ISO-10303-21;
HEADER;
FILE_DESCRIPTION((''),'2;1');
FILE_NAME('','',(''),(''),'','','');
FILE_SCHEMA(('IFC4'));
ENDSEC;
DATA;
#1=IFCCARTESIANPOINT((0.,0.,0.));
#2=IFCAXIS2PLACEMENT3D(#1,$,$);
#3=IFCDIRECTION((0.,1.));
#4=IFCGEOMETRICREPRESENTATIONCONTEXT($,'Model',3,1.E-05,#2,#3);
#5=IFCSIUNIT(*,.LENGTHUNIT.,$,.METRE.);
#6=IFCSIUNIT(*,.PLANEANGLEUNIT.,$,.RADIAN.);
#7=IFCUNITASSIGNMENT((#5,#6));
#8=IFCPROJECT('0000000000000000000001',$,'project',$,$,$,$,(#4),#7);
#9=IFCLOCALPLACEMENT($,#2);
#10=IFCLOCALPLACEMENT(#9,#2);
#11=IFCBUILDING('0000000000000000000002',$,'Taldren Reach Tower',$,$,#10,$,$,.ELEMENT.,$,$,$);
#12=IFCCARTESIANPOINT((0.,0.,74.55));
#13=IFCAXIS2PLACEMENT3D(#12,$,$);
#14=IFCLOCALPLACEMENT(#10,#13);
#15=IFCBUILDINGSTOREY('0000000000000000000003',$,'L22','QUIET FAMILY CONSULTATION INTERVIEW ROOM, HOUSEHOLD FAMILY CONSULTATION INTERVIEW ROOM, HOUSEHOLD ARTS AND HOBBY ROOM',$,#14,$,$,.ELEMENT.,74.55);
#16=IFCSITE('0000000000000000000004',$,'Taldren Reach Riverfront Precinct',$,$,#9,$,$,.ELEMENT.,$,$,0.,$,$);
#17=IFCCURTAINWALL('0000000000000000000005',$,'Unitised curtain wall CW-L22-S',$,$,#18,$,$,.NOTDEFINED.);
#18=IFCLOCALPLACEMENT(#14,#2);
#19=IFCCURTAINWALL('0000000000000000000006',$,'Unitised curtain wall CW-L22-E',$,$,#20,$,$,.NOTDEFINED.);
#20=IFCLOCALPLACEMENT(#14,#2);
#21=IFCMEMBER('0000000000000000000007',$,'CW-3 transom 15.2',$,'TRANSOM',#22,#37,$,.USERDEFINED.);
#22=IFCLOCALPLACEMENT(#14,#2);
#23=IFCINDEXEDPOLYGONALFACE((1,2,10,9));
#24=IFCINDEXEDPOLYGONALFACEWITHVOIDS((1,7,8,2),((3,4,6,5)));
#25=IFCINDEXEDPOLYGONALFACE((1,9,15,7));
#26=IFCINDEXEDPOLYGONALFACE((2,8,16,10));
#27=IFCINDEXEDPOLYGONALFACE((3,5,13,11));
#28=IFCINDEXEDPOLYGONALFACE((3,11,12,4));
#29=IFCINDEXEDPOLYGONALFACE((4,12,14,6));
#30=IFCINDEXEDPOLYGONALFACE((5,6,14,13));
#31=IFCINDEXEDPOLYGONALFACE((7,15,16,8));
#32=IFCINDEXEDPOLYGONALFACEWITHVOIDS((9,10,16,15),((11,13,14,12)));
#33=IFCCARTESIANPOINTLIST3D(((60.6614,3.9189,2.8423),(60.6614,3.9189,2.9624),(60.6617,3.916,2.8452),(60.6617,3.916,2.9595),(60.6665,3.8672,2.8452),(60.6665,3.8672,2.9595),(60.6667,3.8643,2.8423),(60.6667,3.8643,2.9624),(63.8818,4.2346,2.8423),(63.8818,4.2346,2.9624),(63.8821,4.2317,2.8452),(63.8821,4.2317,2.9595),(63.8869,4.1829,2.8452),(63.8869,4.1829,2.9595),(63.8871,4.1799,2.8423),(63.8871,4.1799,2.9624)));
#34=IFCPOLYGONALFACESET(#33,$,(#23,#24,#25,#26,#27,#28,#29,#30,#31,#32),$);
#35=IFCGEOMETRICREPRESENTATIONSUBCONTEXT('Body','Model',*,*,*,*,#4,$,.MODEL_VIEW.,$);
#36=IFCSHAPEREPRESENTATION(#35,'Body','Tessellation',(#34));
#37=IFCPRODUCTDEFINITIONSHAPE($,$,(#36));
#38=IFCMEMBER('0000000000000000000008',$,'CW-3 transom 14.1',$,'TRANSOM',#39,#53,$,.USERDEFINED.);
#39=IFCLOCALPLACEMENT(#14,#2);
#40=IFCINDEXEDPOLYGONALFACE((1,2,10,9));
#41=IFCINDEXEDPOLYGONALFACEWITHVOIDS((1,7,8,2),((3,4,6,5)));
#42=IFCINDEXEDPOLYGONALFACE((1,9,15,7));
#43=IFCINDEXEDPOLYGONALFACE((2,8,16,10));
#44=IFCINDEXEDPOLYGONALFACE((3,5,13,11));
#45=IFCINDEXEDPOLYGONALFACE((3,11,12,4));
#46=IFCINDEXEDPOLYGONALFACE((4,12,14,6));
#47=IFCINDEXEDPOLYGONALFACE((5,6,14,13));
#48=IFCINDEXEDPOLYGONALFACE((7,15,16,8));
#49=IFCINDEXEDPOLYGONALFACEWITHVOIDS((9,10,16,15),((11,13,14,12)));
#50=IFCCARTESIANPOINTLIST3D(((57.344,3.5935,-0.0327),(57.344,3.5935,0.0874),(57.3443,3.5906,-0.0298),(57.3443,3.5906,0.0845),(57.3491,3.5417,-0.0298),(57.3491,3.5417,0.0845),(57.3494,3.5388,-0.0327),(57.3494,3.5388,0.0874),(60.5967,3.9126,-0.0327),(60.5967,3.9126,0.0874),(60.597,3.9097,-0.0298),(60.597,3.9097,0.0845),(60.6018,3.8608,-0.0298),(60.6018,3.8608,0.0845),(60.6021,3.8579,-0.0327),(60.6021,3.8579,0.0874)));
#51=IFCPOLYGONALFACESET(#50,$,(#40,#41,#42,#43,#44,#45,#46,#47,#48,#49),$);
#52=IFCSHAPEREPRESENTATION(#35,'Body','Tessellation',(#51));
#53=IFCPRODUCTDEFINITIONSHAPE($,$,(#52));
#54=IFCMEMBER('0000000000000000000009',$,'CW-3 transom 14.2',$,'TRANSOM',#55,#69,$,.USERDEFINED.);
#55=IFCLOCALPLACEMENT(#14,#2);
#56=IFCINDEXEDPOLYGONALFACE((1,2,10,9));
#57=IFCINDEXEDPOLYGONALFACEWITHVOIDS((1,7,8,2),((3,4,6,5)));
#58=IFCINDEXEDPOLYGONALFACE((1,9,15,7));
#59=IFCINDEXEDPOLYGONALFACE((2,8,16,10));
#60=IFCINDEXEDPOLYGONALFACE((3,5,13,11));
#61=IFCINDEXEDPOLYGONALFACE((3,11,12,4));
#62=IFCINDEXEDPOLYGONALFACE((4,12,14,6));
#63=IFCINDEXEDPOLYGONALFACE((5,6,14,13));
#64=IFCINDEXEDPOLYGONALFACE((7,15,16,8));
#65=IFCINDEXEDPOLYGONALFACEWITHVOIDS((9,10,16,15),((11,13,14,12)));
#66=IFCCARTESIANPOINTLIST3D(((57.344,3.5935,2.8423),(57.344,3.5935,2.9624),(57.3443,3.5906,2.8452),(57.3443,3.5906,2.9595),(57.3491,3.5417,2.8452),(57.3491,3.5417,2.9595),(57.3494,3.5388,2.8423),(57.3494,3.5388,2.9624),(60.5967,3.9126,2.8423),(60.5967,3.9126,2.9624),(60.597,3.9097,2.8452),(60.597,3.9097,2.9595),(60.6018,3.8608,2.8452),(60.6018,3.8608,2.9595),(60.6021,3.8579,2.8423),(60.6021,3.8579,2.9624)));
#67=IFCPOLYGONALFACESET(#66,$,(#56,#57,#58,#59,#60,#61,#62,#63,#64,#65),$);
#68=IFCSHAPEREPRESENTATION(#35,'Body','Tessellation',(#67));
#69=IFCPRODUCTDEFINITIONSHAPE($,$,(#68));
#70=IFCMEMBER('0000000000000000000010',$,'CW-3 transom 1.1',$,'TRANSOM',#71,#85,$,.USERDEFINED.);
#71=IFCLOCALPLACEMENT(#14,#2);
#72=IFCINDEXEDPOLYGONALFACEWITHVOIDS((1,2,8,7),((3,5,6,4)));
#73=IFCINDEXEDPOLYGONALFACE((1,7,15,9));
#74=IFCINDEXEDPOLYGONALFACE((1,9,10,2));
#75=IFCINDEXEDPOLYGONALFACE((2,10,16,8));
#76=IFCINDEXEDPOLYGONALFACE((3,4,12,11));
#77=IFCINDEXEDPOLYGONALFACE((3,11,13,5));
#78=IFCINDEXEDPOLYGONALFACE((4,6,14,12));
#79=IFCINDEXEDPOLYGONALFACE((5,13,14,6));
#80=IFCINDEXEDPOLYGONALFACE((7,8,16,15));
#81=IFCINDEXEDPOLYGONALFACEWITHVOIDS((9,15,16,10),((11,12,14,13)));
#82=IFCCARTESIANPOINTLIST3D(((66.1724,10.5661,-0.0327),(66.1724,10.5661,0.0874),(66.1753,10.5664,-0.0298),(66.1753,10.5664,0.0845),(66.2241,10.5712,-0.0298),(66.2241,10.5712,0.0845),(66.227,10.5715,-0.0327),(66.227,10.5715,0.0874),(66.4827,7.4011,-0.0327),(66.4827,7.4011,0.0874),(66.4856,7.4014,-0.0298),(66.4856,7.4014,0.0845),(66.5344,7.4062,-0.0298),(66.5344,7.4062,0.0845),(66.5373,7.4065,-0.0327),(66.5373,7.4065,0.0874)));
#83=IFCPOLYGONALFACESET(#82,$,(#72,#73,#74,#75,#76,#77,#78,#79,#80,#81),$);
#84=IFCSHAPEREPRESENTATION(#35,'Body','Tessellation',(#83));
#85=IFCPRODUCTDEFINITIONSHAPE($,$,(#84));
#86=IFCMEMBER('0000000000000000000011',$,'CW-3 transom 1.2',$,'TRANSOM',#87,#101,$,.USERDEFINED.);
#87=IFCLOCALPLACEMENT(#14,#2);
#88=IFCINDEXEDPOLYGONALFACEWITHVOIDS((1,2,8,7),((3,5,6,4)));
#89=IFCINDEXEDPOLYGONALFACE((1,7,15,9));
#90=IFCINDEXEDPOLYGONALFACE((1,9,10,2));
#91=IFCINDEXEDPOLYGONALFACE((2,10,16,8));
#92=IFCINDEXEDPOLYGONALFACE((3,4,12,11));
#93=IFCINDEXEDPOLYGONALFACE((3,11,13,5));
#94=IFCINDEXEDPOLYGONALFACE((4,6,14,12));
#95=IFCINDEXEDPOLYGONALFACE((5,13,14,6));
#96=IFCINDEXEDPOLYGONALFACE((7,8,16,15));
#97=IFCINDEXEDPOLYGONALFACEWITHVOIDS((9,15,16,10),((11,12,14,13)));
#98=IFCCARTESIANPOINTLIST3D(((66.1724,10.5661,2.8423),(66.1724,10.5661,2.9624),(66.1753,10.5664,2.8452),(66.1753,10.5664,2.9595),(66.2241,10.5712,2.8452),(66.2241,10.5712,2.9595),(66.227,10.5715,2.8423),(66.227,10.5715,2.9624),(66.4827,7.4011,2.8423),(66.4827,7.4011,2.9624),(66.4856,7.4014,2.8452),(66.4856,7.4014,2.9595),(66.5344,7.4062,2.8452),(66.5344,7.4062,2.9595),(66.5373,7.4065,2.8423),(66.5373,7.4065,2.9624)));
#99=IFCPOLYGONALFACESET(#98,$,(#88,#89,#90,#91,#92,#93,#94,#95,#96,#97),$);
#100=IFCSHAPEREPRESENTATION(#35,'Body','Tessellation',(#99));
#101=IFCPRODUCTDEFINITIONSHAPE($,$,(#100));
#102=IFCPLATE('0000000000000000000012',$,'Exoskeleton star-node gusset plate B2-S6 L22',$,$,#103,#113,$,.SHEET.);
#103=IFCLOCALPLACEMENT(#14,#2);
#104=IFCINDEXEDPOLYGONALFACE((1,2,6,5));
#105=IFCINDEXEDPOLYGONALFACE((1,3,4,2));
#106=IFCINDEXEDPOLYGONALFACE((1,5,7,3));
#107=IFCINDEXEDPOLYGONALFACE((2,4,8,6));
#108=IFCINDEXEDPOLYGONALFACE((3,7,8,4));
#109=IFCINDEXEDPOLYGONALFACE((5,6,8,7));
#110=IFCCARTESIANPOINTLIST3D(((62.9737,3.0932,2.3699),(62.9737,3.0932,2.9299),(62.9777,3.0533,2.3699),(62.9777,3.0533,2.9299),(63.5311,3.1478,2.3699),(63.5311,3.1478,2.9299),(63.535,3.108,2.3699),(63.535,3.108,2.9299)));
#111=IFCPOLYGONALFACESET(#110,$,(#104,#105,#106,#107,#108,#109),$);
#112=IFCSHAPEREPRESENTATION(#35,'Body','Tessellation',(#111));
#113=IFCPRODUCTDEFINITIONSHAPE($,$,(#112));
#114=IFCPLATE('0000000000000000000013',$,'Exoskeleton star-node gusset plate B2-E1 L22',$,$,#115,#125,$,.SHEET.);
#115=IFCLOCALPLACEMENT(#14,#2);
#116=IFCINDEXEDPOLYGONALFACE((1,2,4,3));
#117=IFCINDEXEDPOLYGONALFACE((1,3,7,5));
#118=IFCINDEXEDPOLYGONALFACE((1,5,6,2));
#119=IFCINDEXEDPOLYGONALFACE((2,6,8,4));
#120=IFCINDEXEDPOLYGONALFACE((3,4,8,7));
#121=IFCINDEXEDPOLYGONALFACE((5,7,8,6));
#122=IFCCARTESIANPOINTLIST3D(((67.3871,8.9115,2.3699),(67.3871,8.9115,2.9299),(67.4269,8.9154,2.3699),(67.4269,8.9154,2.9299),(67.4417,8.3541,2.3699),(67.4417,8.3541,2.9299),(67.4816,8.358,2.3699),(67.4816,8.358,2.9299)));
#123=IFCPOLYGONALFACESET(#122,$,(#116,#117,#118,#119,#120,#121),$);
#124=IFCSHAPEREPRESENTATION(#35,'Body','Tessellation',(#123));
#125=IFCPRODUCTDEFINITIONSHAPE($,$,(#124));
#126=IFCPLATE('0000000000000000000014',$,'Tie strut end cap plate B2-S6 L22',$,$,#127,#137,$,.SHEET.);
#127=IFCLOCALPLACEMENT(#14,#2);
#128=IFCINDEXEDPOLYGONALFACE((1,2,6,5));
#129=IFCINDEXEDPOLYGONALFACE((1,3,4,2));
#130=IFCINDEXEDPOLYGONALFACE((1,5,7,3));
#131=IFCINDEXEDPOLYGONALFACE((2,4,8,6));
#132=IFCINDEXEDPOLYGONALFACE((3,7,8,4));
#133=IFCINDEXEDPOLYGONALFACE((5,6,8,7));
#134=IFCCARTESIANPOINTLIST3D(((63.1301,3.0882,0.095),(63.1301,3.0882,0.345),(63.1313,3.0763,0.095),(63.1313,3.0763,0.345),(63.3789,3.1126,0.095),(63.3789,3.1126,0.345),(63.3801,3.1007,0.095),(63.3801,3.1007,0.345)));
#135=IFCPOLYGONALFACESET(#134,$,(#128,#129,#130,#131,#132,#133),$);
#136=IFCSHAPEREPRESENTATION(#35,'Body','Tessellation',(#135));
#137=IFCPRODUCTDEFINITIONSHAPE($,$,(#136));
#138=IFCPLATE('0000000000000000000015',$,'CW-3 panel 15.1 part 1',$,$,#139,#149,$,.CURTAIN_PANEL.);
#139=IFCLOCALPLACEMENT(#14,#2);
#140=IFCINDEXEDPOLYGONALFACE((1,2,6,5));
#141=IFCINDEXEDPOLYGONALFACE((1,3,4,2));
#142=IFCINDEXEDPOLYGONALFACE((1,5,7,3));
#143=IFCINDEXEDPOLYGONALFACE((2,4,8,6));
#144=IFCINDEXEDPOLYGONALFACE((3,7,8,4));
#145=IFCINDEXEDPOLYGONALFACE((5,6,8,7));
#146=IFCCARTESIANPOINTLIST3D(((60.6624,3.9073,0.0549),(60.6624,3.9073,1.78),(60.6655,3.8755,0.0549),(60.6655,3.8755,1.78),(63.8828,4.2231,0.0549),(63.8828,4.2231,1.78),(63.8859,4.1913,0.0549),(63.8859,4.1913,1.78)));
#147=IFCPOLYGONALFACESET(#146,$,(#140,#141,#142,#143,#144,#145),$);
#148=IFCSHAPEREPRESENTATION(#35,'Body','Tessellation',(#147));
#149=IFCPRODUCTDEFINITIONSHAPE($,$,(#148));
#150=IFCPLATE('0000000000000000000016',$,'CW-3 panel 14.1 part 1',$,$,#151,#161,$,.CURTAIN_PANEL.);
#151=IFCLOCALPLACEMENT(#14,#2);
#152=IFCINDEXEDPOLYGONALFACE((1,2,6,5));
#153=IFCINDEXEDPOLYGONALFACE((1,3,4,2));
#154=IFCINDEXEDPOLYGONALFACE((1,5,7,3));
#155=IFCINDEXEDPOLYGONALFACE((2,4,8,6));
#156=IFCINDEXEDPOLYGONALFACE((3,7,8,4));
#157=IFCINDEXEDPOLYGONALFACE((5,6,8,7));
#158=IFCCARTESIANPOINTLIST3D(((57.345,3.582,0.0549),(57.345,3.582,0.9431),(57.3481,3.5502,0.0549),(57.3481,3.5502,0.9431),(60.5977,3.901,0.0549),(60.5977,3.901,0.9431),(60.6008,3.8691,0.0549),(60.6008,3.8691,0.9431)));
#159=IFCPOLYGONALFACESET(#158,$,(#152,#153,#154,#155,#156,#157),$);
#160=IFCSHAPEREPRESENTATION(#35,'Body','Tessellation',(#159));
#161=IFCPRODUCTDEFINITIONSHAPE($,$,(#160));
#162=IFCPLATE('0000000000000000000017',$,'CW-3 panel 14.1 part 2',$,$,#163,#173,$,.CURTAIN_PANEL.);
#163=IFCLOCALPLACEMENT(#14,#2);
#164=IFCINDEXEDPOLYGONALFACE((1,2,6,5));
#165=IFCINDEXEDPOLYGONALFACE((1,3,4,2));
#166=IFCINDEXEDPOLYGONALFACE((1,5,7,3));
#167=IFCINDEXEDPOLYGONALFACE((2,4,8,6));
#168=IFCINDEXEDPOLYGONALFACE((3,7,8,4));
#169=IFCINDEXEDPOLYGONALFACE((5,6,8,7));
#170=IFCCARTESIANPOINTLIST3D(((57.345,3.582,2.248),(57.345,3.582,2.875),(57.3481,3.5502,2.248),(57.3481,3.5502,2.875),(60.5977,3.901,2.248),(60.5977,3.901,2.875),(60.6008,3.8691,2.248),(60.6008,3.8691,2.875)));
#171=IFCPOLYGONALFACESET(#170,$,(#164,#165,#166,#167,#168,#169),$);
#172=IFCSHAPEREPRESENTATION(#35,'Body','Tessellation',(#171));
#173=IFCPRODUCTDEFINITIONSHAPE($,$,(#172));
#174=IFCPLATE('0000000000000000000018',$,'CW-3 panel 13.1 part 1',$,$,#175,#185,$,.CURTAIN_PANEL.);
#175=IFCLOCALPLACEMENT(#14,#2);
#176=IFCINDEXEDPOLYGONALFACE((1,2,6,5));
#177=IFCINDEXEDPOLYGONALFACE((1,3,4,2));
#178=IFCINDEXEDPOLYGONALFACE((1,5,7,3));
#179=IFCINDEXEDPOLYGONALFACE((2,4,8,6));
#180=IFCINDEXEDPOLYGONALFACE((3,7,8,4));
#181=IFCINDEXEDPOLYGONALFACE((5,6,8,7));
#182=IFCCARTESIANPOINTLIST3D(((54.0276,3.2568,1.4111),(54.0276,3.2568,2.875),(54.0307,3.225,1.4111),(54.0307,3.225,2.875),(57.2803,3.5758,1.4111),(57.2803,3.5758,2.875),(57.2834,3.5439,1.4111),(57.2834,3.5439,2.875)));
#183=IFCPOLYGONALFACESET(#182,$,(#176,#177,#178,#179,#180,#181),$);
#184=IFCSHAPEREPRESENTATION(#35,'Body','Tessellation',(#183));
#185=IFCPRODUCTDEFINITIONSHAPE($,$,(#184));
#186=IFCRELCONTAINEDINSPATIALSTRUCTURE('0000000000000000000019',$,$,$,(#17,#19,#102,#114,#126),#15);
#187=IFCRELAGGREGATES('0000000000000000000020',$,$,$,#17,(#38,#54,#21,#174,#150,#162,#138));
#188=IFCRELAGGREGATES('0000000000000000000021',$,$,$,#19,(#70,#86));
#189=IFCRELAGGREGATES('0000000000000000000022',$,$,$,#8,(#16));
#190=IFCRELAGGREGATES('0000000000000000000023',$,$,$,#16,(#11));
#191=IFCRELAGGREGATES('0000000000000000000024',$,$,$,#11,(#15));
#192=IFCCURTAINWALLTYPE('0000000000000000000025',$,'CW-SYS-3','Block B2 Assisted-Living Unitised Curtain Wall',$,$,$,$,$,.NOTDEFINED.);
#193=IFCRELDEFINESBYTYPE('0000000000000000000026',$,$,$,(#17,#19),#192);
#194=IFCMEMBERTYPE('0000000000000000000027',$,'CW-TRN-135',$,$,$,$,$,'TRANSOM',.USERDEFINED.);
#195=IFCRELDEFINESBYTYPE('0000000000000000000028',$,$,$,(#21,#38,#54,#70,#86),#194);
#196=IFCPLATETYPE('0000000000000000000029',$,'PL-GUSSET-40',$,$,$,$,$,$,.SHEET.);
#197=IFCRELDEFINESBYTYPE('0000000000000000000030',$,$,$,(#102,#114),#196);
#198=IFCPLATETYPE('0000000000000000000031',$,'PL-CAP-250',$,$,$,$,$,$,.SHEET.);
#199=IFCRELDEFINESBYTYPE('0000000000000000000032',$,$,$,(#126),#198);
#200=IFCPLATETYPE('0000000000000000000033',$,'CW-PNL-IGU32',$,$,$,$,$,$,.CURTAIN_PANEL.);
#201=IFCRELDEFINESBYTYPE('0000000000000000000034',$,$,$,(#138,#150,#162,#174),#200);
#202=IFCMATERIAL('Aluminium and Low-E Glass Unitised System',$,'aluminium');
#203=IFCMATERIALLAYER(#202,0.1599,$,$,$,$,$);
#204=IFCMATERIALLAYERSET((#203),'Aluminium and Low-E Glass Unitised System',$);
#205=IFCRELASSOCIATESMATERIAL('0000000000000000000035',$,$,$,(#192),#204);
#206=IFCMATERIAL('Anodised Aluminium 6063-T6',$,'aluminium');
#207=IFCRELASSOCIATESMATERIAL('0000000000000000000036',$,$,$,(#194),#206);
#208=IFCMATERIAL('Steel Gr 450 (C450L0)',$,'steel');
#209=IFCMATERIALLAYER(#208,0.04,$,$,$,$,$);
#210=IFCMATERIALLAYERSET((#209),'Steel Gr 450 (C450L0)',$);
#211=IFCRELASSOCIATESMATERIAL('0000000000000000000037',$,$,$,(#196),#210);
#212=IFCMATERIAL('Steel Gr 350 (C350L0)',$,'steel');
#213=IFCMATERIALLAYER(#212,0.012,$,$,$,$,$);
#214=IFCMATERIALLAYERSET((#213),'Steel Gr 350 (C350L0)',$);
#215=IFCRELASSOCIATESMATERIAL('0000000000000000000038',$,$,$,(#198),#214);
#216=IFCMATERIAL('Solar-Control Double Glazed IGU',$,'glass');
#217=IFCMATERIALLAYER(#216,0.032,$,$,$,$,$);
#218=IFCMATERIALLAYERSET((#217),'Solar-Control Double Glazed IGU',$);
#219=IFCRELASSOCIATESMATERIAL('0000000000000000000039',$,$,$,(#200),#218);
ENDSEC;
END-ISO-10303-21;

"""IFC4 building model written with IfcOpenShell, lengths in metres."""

from ifc_helpers import new_model, si_unit, direction, frame, origin, origin_2d, place, context, subcontext, project, spatial, rectangle, hollow_rectangle, extrude, source, transform, mapped, material, layer, layer_set, material_profile, profile_set, type_object, element, aggregate, save


model = new_model("IFC4")

# Units and contexts
model_context = context("Model", 3, precision=1e-05, world=origin(), true_north=direction((0.0, 1.0)))
body_context = subcontext(model_context, "Body", "Model", "MODEL_VIEW")
ifc_project = project(units=[si_unit("LENGTHUNIT", "METRE"), si_unit("PLANEANGLEUNIT", "RADIAN")], contexts=[model_context])

# Site, building, storey
site_placement = place(None, origin())
site = spatial("IfcSite", under=ifc_project, at=site_placement, Name="Taldren Reach Riverfront Precinct", CompositionType="ELEMENT", RefElevation=0.0)
building_placement = place(site_placement, origin())
building = spatial("IfcBuilding", under=site, at=building_placement, Name="Taldren Reach Tower", CompositionType="ELEMENT")
storey_placement = place(building_placement, frame((0.0, 0.0, 74.55)))
storey = spatial("IfcBuildingStorey", under=building, at=storey_placement, Name="L22", Description="QUIET FAMILY CONSULTATION INTERVIEW ROOM, HOUSEHOLD FAMILY CONSULTATION INTERVIEW ROOM, HOUSEHOLD ARTS AND HOBBY ROOM", CompositionType="ELEMENT", Elevation=74.55)

# Shared definitions
ifc_material_1 = material(Name="Steel Gr 450 (C450L0)", Category="steel")
ifc_material_2 = material(Name="Steel Gr 350 (C350L0)", Category="steel")

# Curtain wall
ifc_material_3 = material(Name="Aluminium and Low-E Glass Unitised System", Category="aluminium")
ifc_layer_1 = layer(ifc_material_3, 0.1599)
ifc_layer_set_1 = layer_set([ifc_layer_1], Name="Aluminium and Low-E Glass Unitised System")
curtain_wall_type = type_object("IfcCurtainWallType", Name="CW-SYS-3", Description="Block B2 Assisted-Living Unitised Curtain Wall", PredefinedType="NOTDEFINED", material=ifc_layer_set_1)
curtain_wall_1_placement = place(storey_placement, origin())
curtain_wall_1 = element("IfcCurtainWall", 1, at=curtain_wall_1_placement, inside=storey, type_object=curtain_wall_type, Name="Unitised curtain wall CW-L22-S", PredefinedType="NOTDEFINED")
ifc_material_4 = material(Name="Anodised Aluminium 6063-T6", Category="aluminium")

# Curtain wall
curtain_wall_2_placement = place(storey_placement, origin())
curtain_wall_2 = element("IfcCurtainWall", 2, at=curtain_wall_2_placement, inside=storey, type_object=curtain_wall_type, Name="Unitised curtain wall CW-L22-E", PredefinedType="NOTDEFINED")

# Members
ifc_material_profile_1 = material_profile(ifc_material_4, hollow_rectangle(XDim=0.0549, YDim=0.1201, WallThickness=0.0029, at=origin_2d()), Name="ALU-120x55x3RHS")
ifc_profile_set_1 = profile_set([ifc_material_profile_1], Name="Anodised Aluminium 6063-T6")
member_type_1 = type_object("IfcMemberType", Name="CW-TRN-135", ElementType="TRANSOM", PredefinedType="USERDEFINED", material=ifc_profile_set_1)
shared_shape_1 = source(origin(), body_context, "Body", "SweptSolid", [
    extrude(hollow_rectangle(XDim=0.0549, YDim=0.1201, WallThickness=0.0029, at=origin_2d()), origin(), (0.0, 0.0, 1.0), 3.2358),
])
member_1_placement = place(storey_placement, frame((60.6641, 3.8916, 2.9023), z_axis=(0.99523, 0.097554, 0.0), x_axis=(-0.097554, 0.99523, 0.0)))
member_1 = element("IfcMember", 3, at=member_1_placement, type_object=member_type_1, Name="CW-3 transom 15.2", ObjectType="TRANSOM", PredefinedType="USERDEFINED", context=body_context, shape_type="MappedRepresentation", body=[
    mapped(shared_shape_1, transform((0.0, 0.0, 0.0), scale=1.0)),
])
shared_shape_2 = source(origin(), body_context, "Body", "SweptSolid", [
    extrude(hollow_rectangle(XDim=0.0549, YDim=0.1201, WallThickness=0.0029, at=origin_2d()), origin(), (0.0, 0.0, 1.0), 3.2683),
])
member_2_placement = place(storey_placement, frame((57.3467, 3.5662, 0.0273), z_axis=(0.995223, 0.097632, 0.0), x_axis=(-0.097632, 0.995223, 0.0)))
member_2 = element("IfcMember", 4, at=member_2_placement, type_object=member_type_1, Name="CW-3 transom 14.1", ObjectType="TRANSOM", PredefinedType="USERDEFINED", context=body_context, shape_type="MappedRepresentation", body=[
    mapped(shared_shape_2, transform((0.0, 0.0, 0.0), scale=1.0)),
])
member_3_placement = place(storey_placement, frame((57.3467, 3.5662, 2.9023), z_axis=(0.995223, 0.097632, 0.0), x_axis=(-0.097632, 0.995223, 0.0)))
member_3 = element("IfcMember", 5, at=member_3_placement, type_object=member_type_1, Name="CW-3 transom 14.2", ObjectType="TRANSOM", PredefinedType="USERDEFINED", context=body_context, shape_type="MappedRepresentation", body=[
    mapped(shared_shape_2, transform((0.0, 0.0, 0.0), scale=1.0)),
])
shared_shape_3 = source(origin(), body_context, "Body", "SweptSolid", [
    extrude(hollow_rectangle(XDim=0.0549, YDim=0.1201, WallThickness=0.0029, at=origin_2d()), origin(), (0.0, 0.0, 1.0), 3.1802),
])
member_4_placement = place(storey_placement, frame((66.51, 7.4038, 0.0273), z_axis=(-0.097573, 0.995228, 0.0), x_axis=(-0.995228, -0.097573, 0.0)))
member_4 = element("IfcMember", 6, at=member_4_placement, type_object=member_type_1, Name="CW-3 transom 1.1", ObjectType="TRANSOM", PredefinedType="USERDEFINED", context=body_context, shape_type="MappedRepresentation", body=[
    mapped(shared_shape_3, transform((0.0, 0.0, 0.0), scale=1.0)),
])
member_5_placement = place(storey_placement, frame((66.51, 7.4038, 2.9023), z_axis=(-0.097573, 0.995228, 0.0), x_axis=(-0.995228, -0.097573, 0.0)))
member_5 = element("IfcMember", 7, at=member_5_placement, type_object=member_type_1, Name="CW-3 transom 1.2", ObjectType="TRANSOM", PredefinedType="USERDEFINED", context=body_context, shape_type="MappedRepresentation", body=[
    mapped(shared_shape_3, transform((0.0, 0.0, 0.0), scale=1.0)),
])

# Plates
ifc_layer_2 = layer(ifc_material_1, 0.04)
ifc_layer_set_2 = layer_set([ifc_layer_2], Name="Steel Gr 450 (C450L0)")
plate_type_1 = type_object("IfcPlateType", Name="PL-GUSSET-40", PredefinedType="SHEET", material=ifc_layer_set_2)
shared_shape_4 = source(origin(), body_context, "Body", "SweptSolid", [
    extrude(rectangle(XDim=0.5601, YDim=0.04, at=origin_2d()), origin(), (0.0, 0.0, 1.0), 0.5601),
])
for number, where, z_axis, x_axis, name in (
    (8, (63.2544, 3.1006, 2.3699), (0.0, 0.0, 1.0), (0.995227, 0.097583, 0.0), "Exoskeleton star-node gusset plate B2-S6 L22"),
    (9, (67.4343, 8.6348, 2.3699), (0.0, 0.0, 1.0), (-0.097583, 0.995227, 0.0), "Exoskeleton star-node gusset plate B2-E1 L22"),
):
    element("IfcPlate", number, at=place(storey_placement, frame(where, z_axis=z_axis, x_axis=x_axis)), inside=storey, type_object=plate_type_1, Name=name, PredefinedType="SHEET", context=body_context, shape_type="MappedRepresentation", body=[
        mapped(shared_shape_4, transform((0.0, 0.0, 0.0), scale=1.0)),
    ])
ifc_layer_3 = layer(ifc_material_2, 0.012)
ifc_layer_set_3 = layer_set([ifc_layer_3], Name="Steel Gr 350 (C350L0)")
plate_type_2 = type_object("IfcPlateType", Name="PL-CAP-250", PredefinedType="SHEET", material=ifc_layer_set_3)
shared_shape_5 = source(origin(), body_context, "Body", "SweptSolid", [
    extrude(rectangle(XDim=0.25, YDim=0.012, at=origin_2d()), origin(), (0.0, 0.0, 1.0), 0.25),
])
plate_1_placement = place(storey_placement, frame((63.2551, 3.0945, 0.095), z_axis=(0.0, 0.0, 1.0), x_axis=(0.995227, 0.097583, 0.0)))
element("IfcPlate", 10, at=plate_1_placement, inside=storey, type_object=plate_type_2, Name="Tie strut end cap plate B2-S6 L22", PredefinedType="SHEET", context=body_context, shape_type="MappedRepresentation", body=[
    mapped(shared_shape_5, transform((0.0, 0.0, 0.0), scale=1.0)),
])

# Plates
ifc_material_5 = material(Name="Solar-Control Double Glazed IGU", Category="glass")
ifc_layer_4 = layer(ifc_material_5, 0.032)
ifc_layer_set_4 = layer_set([ifc_layer_4], Name="Solar-Control Double Glazed IGU")
plate_type_3 = type_object("IfcPlateType", Name="CW-PNL-IGU32", PredefinedType="CURTAIN_PANEL", material=ifc_layer_set_4)
shared_shape_6 = source(origin(), body_context, "Body", "SweptSolid", [
    extrude(rectangle(XDim=3.2358, YDim=0.032, at=origin_2d()), origin(), (0.0, 0.0, 1.0), 1.7251),
])
plate_2_placement = place(storey_placement, frame((62.2742, 4.0493, 0.0549), z_axis=(0.0, 0.0, 1.0), x_axis=(0.995227, 0.097583, 0.0)))
plate_2 = element("IfcPlate", 11, at=plate_2_placement, type_object=plate_type_3, Name="CW-3 panel 15.1 part 1", PredefinedType="CURTAIN_PANEL", context=body_context, shape_type="MappedRepresentation", body=[
    mapped(shared_shape_6, transform((0.0, 0.0, 0.0), scale=1.0)),
])
shared_shape_7 = source(origin(), body_context, "Body", "SweptSolid", [
    extrude(rectangle(XDim=3.2683, YDim=0.032, at=origin_2d()), origin(), (0.0, 0.0, 1.0), 0.8882),
])
plate_3_placement = place(storey_placement, frame((58.9729, 3.7256, 0.0549), z_axis=(0.0, 0.0, 1.0), x_axis=(0.995227, 0.097583, 0.0)))
plate_3 = element("IfcPlate", 12, at=plate_3_placement, type_object=plate_type_3, Name="CW-3 panel 14.1 part 1", PredefinedType="CURTAIN_PANEL", context=body_context, shape_type="MappedRepresentation", body=[
    mapped(shared_shape_7, transform((0.0, 0.0, 0.0), scale=1.0)),
])
shared_shape_8 = source(origin(), body_context, "Body", "SweptSolid", [
    extrude(rectangle(XDim=3.2683, YDim=0.032, at=origin_2d()), origin(), (0.0, 0.0, 1.0), 0.627),
])
plate_4_placement = place(storey_placement, frame((58.9729, 3.7256, 2.248), z_axis=(0.0, 0.0, 1.0), x_axis=(0.995227, 0.097583, 0.0)))
plate_4 = element("IfcPlate", 13, at=plate_4_placement, type_object=plate_type_3, Name="CW-3 panel 14.1 part 2", PredefinedType="CURTAIN_PANEL", context=body_context, shape_type="MappedRepresentation", body=[
    mapped(shared_shape_8, transform((0.0, 0.0, 0.0), scale=1.0)),
])
shared_shape_9 = source(origin(), body_context, "Body", "SweptSolid", [
    extrude(rectangle(XDim=3.2683, YDim=0.032, at=origin_2d()), origin(), (0.0, 0.0, 1.0), 1.4639),
])
plate_5_placement = place(storey_placement, frame((55.6555, 3.4004, 1.4111), z_axis=(0.0, 0.0, 1.0), x_axis=(0.995227, 0.097583, 0.0)))
plate_5 = element("IfcPlate", 14, at=plate_5_placement, type_object=plate_type_3, Name="CW-3 panel 13.1 part 1", PredefinedType="CURTAIN_PANEL", context=body_context, shape_type="MappedRepresentation", body=[
    mapped(shared_shape_9, transform((0.0, 0.0, 0.0), scale=1.0)),
])
aggregate(curtain_wall_1, [member_2, member_3, member_1, plate_5, plate_3, plate_4, plate_2])
aggregate(curtain_wall_2, [member_4, member_5])

save(model, "model.ifc")
